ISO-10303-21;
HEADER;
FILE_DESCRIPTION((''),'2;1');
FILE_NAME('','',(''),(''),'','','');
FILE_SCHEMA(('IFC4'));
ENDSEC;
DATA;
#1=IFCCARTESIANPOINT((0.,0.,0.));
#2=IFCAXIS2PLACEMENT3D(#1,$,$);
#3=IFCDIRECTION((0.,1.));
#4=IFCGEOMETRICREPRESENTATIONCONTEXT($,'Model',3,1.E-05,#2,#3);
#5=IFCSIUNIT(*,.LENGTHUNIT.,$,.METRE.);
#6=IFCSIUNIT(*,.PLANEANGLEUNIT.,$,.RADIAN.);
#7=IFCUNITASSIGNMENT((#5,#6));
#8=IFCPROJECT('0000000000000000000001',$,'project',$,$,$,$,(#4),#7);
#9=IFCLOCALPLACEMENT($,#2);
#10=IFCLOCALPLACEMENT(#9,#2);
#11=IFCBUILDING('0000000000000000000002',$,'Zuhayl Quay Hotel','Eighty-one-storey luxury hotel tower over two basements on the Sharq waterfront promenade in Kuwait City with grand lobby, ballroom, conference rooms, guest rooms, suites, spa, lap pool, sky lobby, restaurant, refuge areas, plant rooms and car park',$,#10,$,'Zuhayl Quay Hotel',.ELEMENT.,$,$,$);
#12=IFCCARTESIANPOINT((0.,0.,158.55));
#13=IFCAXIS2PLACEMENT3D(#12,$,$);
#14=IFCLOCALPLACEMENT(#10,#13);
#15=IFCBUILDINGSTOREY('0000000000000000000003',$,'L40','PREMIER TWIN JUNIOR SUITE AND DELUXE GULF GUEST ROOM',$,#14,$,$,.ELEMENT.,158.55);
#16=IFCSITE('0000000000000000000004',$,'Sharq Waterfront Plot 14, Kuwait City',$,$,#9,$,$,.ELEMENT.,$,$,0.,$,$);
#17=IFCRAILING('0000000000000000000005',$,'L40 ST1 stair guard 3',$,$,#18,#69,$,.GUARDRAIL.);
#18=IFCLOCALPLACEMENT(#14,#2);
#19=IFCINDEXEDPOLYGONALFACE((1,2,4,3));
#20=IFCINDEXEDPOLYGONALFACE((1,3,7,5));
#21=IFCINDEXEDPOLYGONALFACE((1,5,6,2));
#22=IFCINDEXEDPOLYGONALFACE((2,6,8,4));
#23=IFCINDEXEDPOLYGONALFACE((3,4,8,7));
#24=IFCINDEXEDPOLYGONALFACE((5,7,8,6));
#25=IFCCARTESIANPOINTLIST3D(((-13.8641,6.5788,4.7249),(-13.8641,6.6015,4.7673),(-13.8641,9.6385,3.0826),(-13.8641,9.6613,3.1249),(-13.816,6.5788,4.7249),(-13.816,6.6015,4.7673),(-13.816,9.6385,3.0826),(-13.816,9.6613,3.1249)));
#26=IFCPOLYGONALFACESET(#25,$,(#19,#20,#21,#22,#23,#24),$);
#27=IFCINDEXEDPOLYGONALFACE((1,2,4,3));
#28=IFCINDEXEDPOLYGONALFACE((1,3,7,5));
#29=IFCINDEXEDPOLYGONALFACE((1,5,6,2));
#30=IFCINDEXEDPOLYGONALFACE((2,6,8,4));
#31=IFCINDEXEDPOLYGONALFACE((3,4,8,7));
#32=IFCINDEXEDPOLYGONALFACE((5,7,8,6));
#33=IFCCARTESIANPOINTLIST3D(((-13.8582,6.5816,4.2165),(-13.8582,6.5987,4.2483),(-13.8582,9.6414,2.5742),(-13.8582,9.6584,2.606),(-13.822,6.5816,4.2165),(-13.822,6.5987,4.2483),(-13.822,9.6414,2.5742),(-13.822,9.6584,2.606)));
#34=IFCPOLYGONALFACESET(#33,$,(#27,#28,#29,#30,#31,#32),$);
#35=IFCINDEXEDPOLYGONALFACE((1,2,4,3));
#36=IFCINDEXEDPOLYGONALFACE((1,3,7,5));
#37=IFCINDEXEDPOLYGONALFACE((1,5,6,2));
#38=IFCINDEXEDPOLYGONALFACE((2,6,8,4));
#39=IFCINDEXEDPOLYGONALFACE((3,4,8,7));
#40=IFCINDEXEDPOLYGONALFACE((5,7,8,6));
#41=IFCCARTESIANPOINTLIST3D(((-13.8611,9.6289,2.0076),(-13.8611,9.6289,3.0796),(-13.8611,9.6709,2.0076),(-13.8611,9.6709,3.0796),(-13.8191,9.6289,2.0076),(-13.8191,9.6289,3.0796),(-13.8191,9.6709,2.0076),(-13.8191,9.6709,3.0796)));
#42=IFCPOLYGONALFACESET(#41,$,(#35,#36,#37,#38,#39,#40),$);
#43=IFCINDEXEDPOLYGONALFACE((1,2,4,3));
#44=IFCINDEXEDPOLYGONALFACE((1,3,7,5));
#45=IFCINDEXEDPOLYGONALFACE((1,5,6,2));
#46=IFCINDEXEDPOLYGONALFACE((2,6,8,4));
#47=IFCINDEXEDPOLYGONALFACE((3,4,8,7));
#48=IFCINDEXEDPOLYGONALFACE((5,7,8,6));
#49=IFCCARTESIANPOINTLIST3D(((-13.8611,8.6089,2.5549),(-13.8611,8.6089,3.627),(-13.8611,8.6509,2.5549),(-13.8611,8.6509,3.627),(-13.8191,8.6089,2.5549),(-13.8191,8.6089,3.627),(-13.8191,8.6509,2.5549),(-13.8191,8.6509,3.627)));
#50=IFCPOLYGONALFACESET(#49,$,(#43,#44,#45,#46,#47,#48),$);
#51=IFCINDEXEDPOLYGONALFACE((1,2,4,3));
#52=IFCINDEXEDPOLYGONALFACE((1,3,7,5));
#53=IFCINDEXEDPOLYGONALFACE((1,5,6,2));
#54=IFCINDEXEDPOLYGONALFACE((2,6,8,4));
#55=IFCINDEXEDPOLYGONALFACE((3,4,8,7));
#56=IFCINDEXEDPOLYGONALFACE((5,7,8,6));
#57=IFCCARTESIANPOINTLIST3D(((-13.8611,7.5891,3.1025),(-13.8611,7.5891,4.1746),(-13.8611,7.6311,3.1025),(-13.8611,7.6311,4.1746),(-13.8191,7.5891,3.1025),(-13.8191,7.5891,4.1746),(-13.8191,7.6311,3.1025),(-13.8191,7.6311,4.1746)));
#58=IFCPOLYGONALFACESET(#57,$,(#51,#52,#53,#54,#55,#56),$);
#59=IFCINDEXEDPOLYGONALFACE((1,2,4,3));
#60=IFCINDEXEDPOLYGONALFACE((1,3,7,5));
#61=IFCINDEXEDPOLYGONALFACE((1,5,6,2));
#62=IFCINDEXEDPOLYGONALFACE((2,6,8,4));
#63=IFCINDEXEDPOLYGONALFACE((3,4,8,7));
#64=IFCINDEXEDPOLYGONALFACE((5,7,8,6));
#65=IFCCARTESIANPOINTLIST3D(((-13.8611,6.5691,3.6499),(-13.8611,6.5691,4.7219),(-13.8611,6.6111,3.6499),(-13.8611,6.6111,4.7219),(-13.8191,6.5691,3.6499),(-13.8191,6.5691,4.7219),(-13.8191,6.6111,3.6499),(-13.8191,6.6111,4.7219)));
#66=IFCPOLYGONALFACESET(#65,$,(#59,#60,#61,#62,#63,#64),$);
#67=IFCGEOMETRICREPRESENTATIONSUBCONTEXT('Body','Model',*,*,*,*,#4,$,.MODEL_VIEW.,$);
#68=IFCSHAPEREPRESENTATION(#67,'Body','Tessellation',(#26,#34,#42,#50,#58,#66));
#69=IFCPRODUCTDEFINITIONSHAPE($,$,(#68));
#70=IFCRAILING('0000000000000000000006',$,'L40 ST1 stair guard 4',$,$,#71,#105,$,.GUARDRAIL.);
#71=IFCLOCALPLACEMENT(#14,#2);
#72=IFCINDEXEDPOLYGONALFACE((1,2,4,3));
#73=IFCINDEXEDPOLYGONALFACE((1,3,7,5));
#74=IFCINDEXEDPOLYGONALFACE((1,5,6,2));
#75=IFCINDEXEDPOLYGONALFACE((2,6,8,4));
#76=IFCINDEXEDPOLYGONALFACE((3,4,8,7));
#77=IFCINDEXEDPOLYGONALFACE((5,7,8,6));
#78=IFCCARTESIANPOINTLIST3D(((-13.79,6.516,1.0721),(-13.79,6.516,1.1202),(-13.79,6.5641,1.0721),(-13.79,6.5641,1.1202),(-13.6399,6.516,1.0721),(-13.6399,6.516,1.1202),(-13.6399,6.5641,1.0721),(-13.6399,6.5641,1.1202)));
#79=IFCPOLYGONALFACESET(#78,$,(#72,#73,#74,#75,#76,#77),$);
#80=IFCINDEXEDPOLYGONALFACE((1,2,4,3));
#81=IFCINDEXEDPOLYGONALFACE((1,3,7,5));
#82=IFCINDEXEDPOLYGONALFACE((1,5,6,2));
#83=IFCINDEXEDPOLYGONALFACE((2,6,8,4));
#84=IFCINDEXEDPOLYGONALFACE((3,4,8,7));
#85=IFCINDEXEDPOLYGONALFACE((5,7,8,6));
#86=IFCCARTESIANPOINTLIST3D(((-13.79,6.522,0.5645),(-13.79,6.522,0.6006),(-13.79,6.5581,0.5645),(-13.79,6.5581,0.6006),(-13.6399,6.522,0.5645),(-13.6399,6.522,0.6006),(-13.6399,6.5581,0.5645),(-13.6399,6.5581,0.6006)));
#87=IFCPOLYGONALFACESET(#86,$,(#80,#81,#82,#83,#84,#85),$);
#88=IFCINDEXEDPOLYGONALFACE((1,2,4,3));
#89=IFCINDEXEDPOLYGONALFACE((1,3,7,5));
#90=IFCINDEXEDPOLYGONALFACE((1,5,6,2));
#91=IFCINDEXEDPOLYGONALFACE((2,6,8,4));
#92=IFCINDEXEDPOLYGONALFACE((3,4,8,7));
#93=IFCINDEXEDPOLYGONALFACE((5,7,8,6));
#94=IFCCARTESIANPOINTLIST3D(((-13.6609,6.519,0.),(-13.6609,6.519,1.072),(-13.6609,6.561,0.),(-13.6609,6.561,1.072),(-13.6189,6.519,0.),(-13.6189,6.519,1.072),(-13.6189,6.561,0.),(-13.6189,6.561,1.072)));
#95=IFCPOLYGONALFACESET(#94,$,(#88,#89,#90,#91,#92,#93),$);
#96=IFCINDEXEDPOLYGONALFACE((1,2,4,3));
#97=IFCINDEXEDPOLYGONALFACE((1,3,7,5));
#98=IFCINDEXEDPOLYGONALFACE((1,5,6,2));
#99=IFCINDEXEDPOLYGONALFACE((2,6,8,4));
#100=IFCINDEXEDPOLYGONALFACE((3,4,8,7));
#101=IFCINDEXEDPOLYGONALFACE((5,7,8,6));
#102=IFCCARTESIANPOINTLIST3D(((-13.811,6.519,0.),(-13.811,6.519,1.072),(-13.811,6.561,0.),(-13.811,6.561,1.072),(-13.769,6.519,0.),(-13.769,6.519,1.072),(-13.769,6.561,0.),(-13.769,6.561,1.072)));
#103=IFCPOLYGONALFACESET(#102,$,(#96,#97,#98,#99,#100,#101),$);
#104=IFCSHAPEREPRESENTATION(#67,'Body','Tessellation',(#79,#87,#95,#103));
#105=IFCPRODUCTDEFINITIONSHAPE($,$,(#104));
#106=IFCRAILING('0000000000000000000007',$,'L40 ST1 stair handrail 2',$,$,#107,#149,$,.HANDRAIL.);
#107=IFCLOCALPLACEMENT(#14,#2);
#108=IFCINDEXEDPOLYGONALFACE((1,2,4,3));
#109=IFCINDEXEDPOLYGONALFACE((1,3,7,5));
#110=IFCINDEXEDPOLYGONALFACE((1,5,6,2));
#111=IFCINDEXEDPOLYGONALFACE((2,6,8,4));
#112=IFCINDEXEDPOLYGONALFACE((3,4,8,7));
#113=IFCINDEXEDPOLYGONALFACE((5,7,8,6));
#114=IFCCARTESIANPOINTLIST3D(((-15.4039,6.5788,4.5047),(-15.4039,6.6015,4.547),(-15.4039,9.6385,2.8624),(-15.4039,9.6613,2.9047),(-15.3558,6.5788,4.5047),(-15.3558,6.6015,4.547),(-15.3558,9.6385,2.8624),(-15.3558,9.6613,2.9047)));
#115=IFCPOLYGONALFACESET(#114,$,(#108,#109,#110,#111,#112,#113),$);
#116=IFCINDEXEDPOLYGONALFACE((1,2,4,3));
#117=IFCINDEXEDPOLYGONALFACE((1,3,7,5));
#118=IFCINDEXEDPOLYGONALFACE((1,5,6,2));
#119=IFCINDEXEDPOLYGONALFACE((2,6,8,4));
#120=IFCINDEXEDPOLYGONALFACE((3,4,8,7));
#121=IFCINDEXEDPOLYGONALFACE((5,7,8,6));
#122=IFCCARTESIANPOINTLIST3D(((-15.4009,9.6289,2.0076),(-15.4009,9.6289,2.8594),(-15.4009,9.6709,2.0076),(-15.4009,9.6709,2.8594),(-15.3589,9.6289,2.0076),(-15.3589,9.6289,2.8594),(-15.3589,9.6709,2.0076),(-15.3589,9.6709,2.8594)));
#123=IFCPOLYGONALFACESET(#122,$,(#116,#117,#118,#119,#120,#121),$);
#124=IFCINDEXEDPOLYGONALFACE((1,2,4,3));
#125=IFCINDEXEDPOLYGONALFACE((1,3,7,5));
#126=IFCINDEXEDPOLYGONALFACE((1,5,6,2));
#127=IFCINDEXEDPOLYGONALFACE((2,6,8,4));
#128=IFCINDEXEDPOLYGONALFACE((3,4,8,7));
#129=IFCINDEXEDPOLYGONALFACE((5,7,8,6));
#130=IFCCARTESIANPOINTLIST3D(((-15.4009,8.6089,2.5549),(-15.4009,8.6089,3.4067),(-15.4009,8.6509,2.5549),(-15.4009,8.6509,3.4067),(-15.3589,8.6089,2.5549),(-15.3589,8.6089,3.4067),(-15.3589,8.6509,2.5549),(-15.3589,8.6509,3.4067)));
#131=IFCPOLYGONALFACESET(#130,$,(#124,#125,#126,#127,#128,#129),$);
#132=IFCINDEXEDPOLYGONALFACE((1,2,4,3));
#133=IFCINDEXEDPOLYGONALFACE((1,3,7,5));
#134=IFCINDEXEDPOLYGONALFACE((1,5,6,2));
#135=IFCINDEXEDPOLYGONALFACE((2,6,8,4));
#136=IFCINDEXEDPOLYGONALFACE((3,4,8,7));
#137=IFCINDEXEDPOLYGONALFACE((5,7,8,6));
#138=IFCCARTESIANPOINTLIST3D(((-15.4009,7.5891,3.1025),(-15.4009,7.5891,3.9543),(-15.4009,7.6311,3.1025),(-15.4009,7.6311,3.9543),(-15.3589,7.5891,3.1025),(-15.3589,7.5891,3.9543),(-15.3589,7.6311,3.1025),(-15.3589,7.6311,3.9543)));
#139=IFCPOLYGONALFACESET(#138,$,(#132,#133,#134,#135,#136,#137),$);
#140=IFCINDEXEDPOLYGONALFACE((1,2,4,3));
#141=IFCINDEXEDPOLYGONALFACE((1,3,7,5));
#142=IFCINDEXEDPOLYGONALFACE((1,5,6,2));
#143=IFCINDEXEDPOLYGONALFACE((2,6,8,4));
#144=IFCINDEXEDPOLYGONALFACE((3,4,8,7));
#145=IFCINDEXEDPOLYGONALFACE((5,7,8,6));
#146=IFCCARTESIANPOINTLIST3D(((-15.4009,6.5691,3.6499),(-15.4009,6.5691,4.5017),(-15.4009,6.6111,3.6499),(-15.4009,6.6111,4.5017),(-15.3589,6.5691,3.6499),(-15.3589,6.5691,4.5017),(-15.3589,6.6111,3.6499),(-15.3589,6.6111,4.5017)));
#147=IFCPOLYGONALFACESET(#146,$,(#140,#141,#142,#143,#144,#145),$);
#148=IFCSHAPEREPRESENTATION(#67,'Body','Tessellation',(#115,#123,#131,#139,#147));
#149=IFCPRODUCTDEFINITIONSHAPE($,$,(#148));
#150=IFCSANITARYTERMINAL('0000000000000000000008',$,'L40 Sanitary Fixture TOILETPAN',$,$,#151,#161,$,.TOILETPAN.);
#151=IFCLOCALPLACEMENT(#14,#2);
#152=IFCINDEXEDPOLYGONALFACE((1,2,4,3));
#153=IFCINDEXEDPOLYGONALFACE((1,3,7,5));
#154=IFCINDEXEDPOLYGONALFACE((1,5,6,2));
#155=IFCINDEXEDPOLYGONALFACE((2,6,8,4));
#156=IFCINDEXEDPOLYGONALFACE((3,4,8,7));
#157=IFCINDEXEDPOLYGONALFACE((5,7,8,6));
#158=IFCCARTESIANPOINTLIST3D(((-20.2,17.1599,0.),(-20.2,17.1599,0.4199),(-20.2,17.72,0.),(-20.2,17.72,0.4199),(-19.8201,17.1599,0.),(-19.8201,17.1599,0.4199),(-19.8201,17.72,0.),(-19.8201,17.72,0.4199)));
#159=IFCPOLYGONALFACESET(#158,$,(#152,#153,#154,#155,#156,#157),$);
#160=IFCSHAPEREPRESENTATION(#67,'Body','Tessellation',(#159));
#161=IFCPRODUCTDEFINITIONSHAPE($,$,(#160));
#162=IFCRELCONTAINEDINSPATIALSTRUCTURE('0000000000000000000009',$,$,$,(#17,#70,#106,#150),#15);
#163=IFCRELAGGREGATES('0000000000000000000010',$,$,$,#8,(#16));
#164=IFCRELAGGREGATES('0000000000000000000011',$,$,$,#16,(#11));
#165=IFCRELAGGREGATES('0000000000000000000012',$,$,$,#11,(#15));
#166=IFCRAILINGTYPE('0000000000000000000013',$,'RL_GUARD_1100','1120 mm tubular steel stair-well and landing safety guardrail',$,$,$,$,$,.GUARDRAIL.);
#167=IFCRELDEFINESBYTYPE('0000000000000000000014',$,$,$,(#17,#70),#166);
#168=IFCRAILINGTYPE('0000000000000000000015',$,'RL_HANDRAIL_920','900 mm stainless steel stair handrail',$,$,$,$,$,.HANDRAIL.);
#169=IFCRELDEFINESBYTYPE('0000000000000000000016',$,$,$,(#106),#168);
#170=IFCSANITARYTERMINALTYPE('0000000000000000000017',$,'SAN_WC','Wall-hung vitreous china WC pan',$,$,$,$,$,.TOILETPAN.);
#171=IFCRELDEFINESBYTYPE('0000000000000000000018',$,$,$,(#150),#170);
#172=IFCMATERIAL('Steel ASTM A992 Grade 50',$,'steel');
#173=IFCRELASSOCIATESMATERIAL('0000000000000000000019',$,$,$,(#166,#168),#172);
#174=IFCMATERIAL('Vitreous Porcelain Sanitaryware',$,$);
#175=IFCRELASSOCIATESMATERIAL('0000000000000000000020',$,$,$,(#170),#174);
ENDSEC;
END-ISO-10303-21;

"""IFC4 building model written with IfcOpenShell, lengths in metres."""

from ifc_helpers import new_model, si_unit, direction, frame, origin, origin_2d, place, context, subcontext, project, spatial, rectangle, extrude, material, type_object, element, save


model = new_model("IFC4")

# Units and contexts
model_context = context("Model", 3, precision=1e-05, world=origin(), true_north=direction((0.0, 1.0)))
body_context = subcontext(model_context, "Body", "Model", "MODEL_VIEW")
ifc_project = project(units=[si_unit("LENGTHUNIT", "METRE"), si_unit("PLANEANGLEUNIT", "RADIAN")], contexts=[model_context])

# Site, building, storey
site_placement = place(None, origin())
site = spatial("IfcSite", under=ifc_project, at=site_placement, Name="Sharq Waterfront Plot 14, Kuwait City", CompositionType="ELEMENT", RefElevation=0.0)
building_placement = place(site_placement, origin())
building = spatial("IfcBuilding", under=site, at=building_placement, Name="Zuhayl Quay Hotel", Description="Eighty-one-storey luxury hotel tower over two basements on the Sharq waterfront promenade in Kuwait City with grand lobby, ballroom, conference rooms, guest rooms, suites, spa, lap pool, sky lobby, restaurant, refuge areas, plant rooms and car park", LongName="Zuhayl Quay Hotel", CompositionType="ELEMENT")
storey_placement = place(building_placement, frame((0.0, 0.0, 158.55)))
storey = spatial("IfcBuildingStorey", under=building, at=storey_placement, Name="L40", Description="PREMIER TWIN JUNIOR SUITE AND DELUXE GULF GUEST ROOM", CompositionType="ELEMENT", Elevation=158.55)

# Shared definitions
ifc_material_1 = material(Name="Steel ASTM A992 Grade 50", Category="steel")

# Railings
railing_type_1 = type_object("IfcRailingType", Name="RL_GUARD_1100", Description="1120 mm tubular steel stair-well and landing safety guardrail", PredefinedType="GUARDRAIL", material=ifc_material_1)
railing_1_placement = place(storey_placement, frame((-13.8401, 9.6499, 2.0076)))
element("IfcRailing", 1, at=railing_1_placement, inside=storey, type_object=railing_type_1, Name="L40 ST1 stair guard 3", PredefinedType="GUARDRAIL", context=body_context, shape_type="SweptSolid", body=[
    extrude(rectangle(XDim=0.0481, YDim=0.0481, at=origin_2d()), frame((0.0, 0.0, 1.0962), z_axis=(0.0, -0.881102, 0.472926), x_axis=(1.0, 0.0, 0.0)), (0.0, 0.0, 1.0), 3.4727),
    extrude(rectangle(XDim=0.0361, YDim=0.0361, at=origin_2d()), frame((0.0, 0.0, 0.5825), z_axis=(0.0, -0.881102, 0.472926), x_axis=(1.0, 0.0, 0.0)), (0.0, 0.0, 1.0), 3.4727),
    extrude(rectangle(XDim=0.042, YDim=0.042, at=origin_2d()), origin(), (0.0, 0.0, 1.0), 1.072),
    extrude(rectangle(XDim=0.042, YDim=0.042, at=origin_2d()), frame((0.0, -1.02, 0.5474)), (0.0, 0.0, 1.0), 1.072),
    extrude(rectangle(XDim=0.042, YDim=0.042, at=origin_2d()), frame((0.0, -2.0398, 1.095)), (0.0, 0.0, 1.0), 1.072),
    extrude(rectangle(XDim=0.042, YDim=0.042, at=origin_2d()), frame((0.0, -3.0598, 1.6423)), (0.0, 0.0, 1.0), 1.072),
])
railing_2_placement = place(storey_placement, frame((-13.6399, 6.54, 0.0)))
element("IfcRailing", 2, at=railing_2_placement, inside=storey, type_object=railing_type_1, Name="L40 ST1 stair guard 4", PredefinedType="GUARDRAIL", context=body_context, shape_type="SweptSolid", body=[
    extrude(rectangle(XDim=0.0481, YDim=0.0481, at=origin_2d()), frame((0.0, 0.0, 1.0962), z_axis=(-1.0, 0.0, 0.0), x_axis=(0.0, -1.0, 0.0)), (0.0, 0.0, 1.0), 0.1501),
    extrude(rectangle(XDim=0.0361, YDim=0.0361, at=origin_2d()), frame((0.0, 0.0, 0.5825), z_axis=(-1.0, 0.0, 0.0), x_axis=(0.0, -1.0, 0.0)), (0.0, 0.0, 1.0), 0.1501),
    extrude(rectangle(XDim=0.042, YDim=0.042, at=origin_2d()), origin(), (0.0, 0.0, 1.0), 1.072),
    extrude(rectangle(XDim=0.042, YDim=0.042, at=origin_2d()), frame((-0.1501, 0.0, 0.0)), (0.0, 0.0, 1.0), 1.072),
])
railing_type_2 = type_object("IfcRailingType", Name="RL_HANDRAIL_920", Description="900 mm stainless steel stair handrail", PredefinedType="HANDRAIL", material=ifc_material_1)
railing_3_placement = place(storey_placement, frame((-15.3799, 9.6499, 2.0076)))
element("IfcRailing", 3, at=railing_3_placement, inside=storey, type_object=railing_type_2, Name="L40 ST1 stair handrail 2", PredefinedType="HANDRAIL", context=body_context, shape_type="SweptSolid", body=[
    extrude(rectangle(XDim=0.0481, YDim=0.0481, at=origin_2d()), frame((0.0, 0.0, 0.876), z_axis=(0.0, -0.881102, 0.472926), x_axis=(1.0, 0.0, 0.0)), (0.0, 0.0, 1.0), 3.4727),
    extrude(rectangle(XDim=0.042, YDim=0.042, at=origin_2d()), origin(), (0.0, 0.0, 1.0), 0.8518),
    extrude(rectangle(XDim=0.042, YDim=0.042, at=origin_2d()), frame((0.0, -1.02, 0.5474)), (0.0, 0.0, 1.0), 0.8518),
    extrude(rectangle(XDim=0.042, YDim=0.042, at=origin_2d()), frame((0.0, -2.0398, 1.095)), (0.0, 0.0, 1.0), 0.8518),
    extrude(rectangle(XDim=0.042, YDim=0.042, at=origin_2d()), frame((0.0, -3.0598, 1.6423)), (0.0, 0.0, 1.0), 0.8518),
])

# Sanitary terminal
ifc_material_2 = material(Name="Vitreous Porcelain Sanitaryware")
sanitary_terminal_type = type_object("IfcSanitaryTerminalType", Name="SAN_WC", Description="Wall-hung vitreous china WC pan", PredefinedType="TOILETPAN", material=ifc_material_2)
sanitary_terminal_placement = place(storey_placement, frame((-20.01, 17.4399, 0.0), z_axis=(0.0, 0.0, 1.0), x_axis=(1.0, 0.0, 0.0)))
element("IfcSanitaryTerminal", 4, at=sanitary_terminal_placement, inside=storey, type_object=sanitary_terminal_type, Name="L40 Sanitary Fixture TOILETPAN", PredefinedType="TOILETPAN", context=body_context, shape_type="SweptSolid", body=[
    extrude(rectangle(XDim=0.3799, YDim=0.5601, at=origin_2d()), origin(), (0.0, 0.0, 1.0), 0.4199),
])

save(model, "model.ifc")
